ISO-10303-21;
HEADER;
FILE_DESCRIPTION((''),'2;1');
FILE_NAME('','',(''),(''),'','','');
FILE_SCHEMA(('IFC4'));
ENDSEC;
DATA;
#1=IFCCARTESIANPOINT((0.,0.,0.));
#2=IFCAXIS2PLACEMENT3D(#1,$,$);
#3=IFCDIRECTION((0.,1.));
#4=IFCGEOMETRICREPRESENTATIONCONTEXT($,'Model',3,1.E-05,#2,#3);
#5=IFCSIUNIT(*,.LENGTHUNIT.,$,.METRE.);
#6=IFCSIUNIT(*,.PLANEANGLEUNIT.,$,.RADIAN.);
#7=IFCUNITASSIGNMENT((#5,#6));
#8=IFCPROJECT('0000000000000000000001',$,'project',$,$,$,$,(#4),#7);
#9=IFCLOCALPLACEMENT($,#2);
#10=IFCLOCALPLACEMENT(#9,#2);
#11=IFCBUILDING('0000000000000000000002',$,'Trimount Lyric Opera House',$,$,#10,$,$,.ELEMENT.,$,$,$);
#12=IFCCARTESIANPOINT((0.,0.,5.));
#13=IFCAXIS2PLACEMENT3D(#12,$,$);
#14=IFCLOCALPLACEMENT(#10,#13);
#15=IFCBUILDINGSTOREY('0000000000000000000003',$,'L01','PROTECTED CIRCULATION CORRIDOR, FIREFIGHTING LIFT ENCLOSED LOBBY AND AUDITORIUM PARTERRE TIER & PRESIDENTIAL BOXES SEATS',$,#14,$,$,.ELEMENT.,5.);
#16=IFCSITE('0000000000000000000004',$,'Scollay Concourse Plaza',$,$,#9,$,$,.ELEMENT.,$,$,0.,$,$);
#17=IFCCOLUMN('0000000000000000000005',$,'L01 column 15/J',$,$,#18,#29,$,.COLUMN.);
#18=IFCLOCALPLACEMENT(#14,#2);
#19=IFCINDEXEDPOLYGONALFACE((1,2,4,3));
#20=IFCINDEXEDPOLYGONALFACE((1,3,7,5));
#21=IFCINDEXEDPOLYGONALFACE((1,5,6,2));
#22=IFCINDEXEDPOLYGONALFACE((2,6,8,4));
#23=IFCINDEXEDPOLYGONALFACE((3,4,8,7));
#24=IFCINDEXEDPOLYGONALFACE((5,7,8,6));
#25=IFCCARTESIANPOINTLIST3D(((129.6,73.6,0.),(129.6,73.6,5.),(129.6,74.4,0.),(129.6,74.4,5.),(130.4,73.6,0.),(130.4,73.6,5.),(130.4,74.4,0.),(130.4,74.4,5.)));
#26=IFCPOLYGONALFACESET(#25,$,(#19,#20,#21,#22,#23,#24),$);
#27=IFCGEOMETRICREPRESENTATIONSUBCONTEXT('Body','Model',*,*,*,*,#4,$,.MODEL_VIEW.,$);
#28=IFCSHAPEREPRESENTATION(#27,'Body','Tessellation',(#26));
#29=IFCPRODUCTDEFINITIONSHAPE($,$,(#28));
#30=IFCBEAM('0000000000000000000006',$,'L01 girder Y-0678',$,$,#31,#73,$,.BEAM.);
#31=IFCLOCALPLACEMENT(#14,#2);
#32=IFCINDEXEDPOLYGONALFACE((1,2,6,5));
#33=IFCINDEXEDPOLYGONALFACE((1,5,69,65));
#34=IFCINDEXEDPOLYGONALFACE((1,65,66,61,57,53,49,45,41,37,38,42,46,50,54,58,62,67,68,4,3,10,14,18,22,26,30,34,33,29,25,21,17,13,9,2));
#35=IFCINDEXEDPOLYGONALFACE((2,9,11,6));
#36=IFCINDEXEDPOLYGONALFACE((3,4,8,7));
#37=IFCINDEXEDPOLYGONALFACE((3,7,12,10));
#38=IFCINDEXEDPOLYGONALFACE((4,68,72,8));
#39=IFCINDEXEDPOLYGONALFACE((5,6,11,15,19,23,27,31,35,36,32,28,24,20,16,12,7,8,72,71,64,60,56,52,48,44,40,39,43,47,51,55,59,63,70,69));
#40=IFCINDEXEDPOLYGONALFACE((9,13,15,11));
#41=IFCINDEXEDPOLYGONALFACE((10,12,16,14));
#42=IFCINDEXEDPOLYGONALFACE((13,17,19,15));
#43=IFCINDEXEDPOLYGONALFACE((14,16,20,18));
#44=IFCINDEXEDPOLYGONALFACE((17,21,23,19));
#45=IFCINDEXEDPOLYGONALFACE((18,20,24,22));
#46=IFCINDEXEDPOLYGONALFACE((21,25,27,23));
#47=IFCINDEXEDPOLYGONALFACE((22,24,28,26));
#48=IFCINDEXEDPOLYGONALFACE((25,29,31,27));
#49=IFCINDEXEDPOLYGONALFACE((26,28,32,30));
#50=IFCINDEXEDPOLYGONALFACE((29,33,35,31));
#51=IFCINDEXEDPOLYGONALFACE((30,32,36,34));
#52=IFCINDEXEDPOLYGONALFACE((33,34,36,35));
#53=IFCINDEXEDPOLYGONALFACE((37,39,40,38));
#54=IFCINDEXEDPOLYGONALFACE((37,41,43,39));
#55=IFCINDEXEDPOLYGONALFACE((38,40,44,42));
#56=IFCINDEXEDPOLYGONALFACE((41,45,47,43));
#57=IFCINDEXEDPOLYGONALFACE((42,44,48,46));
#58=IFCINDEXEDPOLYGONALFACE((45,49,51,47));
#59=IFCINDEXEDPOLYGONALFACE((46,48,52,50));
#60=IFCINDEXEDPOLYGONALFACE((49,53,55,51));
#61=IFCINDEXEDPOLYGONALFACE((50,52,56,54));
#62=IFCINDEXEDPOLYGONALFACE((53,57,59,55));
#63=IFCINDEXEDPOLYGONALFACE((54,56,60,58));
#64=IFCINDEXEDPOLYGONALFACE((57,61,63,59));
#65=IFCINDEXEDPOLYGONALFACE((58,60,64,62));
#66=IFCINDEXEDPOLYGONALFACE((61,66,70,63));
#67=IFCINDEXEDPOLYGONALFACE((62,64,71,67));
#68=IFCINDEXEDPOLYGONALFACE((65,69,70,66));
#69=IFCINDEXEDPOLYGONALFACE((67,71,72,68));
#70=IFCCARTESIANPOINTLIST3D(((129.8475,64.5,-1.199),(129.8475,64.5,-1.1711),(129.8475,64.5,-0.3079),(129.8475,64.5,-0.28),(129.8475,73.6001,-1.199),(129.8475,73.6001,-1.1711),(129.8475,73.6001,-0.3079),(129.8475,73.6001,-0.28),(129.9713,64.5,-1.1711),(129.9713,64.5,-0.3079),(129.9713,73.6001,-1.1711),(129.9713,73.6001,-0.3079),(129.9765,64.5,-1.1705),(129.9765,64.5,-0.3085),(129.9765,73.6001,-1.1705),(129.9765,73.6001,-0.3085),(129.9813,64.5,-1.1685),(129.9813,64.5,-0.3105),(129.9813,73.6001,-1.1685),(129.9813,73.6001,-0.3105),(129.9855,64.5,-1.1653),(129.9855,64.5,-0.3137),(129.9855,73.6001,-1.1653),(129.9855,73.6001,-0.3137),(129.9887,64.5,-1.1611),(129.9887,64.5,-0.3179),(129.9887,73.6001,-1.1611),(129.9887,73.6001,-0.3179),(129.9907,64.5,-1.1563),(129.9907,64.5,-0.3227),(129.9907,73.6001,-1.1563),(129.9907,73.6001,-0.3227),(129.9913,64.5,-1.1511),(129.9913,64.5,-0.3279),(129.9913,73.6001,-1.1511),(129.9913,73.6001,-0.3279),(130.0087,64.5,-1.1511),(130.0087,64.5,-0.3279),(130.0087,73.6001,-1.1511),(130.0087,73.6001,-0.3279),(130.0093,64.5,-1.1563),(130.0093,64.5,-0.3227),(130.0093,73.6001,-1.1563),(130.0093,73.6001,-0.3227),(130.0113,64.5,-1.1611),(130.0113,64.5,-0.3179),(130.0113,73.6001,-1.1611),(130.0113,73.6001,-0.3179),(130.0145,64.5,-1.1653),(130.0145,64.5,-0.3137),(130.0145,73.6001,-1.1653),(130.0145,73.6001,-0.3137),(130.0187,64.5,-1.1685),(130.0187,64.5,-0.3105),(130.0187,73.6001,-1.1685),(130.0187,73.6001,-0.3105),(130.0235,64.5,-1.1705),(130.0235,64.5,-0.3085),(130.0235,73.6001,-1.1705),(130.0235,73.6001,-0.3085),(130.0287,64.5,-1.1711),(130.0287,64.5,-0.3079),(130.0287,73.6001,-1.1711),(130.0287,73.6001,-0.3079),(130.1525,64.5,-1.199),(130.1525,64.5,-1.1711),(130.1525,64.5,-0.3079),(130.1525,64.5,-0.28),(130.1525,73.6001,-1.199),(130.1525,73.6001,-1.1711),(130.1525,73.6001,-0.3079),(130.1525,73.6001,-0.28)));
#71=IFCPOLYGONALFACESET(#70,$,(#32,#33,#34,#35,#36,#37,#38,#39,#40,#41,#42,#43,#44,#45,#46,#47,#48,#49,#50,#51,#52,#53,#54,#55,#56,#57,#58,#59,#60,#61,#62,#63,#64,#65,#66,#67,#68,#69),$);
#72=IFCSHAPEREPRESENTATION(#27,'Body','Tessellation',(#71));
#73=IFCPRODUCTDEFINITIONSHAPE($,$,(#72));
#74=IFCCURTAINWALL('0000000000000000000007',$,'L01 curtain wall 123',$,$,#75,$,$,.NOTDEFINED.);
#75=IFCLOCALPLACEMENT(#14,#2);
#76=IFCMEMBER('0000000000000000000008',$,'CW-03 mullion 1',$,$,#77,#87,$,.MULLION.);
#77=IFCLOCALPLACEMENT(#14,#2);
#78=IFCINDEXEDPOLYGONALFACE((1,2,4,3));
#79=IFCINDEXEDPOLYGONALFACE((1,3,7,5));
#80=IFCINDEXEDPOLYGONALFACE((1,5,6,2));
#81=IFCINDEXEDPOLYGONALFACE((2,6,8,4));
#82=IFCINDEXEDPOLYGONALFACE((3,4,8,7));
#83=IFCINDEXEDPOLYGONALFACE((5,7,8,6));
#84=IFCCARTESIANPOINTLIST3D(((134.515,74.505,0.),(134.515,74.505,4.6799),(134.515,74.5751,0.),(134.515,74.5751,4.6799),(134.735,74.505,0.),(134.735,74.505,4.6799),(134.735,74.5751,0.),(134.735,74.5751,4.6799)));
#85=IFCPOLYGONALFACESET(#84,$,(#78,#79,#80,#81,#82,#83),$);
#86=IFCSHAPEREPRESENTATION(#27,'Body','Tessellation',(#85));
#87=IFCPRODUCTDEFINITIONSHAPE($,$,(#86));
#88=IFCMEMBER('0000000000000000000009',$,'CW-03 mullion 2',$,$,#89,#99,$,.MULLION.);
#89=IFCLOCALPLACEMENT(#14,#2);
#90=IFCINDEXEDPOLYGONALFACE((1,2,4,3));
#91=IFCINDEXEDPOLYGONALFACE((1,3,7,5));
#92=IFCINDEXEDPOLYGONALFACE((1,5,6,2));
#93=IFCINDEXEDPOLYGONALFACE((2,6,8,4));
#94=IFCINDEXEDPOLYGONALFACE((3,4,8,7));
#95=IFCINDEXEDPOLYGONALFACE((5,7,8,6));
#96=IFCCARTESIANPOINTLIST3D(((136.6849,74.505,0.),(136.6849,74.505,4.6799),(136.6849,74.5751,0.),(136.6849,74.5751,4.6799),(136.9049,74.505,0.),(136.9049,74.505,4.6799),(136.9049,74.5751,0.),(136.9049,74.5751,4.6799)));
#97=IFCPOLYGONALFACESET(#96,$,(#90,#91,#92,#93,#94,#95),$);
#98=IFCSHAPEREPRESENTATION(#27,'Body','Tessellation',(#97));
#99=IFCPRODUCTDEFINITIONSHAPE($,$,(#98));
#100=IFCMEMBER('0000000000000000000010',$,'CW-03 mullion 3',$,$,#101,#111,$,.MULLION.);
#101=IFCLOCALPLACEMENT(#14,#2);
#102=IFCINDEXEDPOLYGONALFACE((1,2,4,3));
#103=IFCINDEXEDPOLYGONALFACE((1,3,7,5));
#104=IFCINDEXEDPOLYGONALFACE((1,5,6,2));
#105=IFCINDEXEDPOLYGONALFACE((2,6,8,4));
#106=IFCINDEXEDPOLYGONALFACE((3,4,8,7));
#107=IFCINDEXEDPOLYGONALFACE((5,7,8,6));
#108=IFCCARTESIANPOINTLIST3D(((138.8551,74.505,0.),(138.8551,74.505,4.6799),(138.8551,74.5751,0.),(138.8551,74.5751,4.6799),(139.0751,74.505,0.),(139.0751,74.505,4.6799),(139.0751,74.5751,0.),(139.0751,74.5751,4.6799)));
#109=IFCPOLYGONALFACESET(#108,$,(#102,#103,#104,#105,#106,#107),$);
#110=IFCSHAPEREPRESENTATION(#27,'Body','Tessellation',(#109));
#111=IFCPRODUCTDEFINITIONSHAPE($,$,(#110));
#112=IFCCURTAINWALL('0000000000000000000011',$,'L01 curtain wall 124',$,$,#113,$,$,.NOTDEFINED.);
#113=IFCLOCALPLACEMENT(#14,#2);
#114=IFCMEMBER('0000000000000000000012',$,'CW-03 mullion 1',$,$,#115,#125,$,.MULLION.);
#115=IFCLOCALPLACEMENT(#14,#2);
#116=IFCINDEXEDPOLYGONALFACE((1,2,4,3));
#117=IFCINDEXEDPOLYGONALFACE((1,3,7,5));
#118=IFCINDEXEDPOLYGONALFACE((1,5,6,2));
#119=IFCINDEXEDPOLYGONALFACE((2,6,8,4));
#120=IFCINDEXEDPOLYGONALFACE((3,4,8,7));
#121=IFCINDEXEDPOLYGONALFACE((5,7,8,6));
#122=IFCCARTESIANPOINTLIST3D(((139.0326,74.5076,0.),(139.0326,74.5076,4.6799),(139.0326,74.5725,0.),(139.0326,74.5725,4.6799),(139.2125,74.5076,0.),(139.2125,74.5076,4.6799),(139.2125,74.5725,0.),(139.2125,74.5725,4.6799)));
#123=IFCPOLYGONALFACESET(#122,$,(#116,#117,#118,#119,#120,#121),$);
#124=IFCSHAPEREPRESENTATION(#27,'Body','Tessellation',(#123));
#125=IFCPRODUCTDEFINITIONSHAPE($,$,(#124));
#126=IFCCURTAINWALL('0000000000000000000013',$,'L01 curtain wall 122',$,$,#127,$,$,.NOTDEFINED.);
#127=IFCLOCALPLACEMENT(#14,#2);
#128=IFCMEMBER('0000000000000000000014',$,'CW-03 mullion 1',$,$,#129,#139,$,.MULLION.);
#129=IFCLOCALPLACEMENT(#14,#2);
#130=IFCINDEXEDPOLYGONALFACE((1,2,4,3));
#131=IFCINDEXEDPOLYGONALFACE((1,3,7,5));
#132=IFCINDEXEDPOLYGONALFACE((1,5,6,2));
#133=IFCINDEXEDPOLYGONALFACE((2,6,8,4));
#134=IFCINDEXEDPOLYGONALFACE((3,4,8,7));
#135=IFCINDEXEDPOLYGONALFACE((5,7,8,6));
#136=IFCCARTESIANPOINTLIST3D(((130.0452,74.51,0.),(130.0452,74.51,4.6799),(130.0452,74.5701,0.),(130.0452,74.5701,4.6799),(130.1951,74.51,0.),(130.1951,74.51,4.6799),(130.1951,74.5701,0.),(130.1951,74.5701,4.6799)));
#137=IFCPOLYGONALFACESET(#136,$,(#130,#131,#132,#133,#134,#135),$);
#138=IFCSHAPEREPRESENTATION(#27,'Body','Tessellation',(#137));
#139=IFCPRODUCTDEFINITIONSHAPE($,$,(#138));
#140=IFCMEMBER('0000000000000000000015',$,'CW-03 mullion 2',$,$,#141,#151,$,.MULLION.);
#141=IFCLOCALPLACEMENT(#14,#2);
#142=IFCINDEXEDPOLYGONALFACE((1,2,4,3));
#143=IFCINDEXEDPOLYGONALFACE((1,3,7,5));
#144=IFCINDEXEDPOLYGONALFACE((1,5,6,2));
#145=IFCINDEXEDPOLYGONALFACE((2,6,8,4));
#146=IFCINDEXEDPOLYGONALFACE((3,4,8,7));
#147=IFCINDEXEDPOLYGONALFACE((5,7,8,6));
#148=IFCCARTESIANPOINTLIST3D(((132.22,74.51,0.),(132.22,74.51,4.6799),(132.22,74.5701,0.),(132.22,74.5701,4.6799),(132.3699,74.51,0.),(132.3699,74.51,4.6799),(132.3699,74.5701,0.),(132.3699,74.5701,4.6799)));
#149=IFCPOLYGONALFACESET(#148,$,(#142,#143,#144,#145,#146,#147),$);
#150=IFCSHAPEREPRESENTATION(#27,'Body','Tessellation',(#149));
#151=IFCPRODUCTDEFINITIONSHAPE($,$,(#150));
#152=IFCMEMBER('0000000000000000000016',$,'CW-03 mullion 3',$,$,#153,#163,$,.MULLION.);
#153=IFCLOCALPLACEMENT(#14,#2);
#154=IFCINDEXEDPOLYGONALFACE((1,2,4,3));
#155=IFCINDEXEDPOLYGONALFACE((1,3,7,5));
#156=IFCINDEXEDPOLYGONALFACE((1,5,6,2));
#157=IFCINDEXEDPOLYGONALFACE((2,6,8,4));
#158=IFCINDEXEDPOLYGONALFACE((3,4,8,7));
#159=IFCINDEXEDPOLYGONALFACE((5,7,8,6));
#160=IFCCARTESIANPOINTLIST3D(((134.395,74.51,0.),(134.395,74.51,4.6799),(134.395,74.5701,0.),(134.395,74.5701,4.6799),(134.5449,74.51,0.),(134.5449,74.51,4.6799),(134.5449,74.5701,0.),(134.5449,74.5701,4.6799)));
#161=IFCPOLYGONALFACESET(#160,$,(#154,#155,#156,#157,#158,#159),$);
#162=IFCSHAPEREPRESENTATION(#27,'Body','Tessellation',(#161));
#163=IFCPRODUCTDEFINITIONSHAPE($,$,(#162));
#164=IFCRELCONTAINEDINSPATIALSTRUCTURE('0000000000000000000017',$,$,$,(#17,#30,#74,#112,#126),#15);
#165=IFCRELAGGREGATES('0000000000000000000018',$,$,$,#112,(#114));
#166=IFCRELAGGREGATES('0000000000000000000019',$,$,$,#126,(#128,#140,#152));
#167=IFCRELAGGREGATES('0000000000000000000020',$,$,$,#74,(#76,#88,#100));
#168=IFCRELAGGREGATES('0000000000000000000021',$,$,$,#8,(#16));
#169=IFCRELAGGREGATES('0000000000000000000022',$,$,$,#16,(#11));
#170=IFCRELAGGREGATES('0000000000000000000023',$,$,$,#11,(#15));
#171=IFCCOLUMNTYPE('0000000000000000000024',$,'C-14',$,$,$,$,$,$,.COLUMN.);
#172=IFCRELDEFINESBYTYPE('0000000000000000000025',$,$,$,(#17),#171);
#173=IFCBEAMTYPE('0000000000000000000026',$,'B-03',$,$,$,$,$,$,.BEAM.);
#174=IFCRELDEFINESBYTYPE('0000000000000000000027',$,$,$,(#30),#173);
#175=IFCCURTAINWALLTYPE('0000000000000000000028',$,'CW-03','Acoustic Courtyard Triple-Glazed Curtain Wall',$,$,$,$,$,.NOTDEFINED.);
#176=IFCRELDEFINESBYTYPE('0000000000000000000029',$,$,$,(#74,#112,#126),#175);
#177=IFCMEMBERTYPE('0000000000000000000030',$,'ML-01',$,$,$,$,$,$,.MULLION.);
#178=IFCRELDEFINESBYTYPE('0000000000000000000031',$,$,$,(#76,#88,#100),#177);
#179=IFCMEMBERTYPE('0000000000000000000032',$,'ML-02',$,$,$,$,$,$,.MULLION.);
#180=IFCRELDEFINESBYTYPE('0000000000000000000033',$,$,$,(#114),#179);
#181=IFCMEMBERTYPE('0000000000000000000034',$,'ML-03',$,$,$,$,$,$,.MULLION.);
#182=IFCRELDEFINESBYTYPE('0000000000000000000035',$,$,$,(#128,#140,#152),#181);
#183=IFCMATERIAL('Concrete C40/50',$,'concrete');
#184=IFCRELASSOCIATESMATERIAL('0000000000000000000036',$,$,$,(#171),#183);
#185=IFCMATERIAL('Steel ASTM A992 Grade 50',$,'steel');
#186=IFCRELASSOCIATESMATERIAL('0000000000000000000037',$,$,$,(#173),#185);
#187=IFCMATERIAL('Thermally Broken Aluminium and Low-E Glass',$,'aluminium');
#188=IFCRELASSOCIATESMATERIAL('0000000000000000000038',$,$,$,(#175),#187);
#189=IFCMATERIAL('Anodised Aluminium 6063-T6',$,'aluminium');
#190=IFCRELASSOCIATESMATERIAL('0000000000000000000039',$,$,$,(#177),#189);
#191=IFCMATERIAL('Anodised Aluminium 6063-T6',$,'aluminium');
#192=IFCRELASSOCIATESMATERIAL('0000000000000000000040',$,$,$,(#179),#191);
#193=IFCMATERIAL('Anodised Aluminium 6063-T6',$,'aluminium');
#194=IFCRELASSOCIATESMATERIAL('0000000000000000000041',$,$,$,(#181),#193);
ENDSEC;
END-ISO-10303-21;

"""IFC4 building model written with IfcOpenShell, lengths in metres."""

from ifc_helpers import new_model, si_unit, direction, frame, origin, origin_2d, place, context, subcontext, project, spatial, rectangle, i_section, extrude, material, material_profile, profile_set, type_object, element, aggregate, save


model = new_model("IFC4")

# Units and contexts
model_context = context("Model", 3, precision=1e-05, world=origin(), true_north=direction((0.0, 1.0)))
body_context = subcontext(model_context, "Body", "Model", "MODEL_VIEW")
ifc_project = project(units=[si_unit("LENGTHUNIT", "METRE"), si_unit("PLANEANGLEUNIT", "RADIAN")], contexts=[model_context])

# Site, building, storey
site_placement = place(None, origin())
site = spatial("IfcSite", under=ifc_project, at=site_placement, Name="Scollay Concourse Plaza", CompositionType="ELEMENT", RefElevation=0.0)
building_placement = place(site_placement, origin())
building = spatial("IfcBuilding", under=site, at=building_placement, Name="Trimount Lyric Opera House", CompositionType="ELEMENT")
storey_placement = place(building_placement, frame((0.0, 0.0, 5.0)))
storey = spatial("IfcBuildingStorey", under=building, at=storey_placement, Name="L01", Description="PROTECTED CIRCULATION CORRIDOR, FIREFIGHTING LIFT ENCLOSED LOBBY AND AUDITORIUM PARTERRE TIER & PRESIDENTIAL BOXES SEATS", CompositionType="ELEMENT", Elevation=5.0)

# Column
ifc_material_1 = material(Name="Concrete C40/50", Category="concrete")
ifc_material_profile_1 = material_profile(ifc_material_1, rectangle(XDim=0.8, YDim=0.8, at=origin_2d()), Name="RC800X800")
ifc_profile_set_1 = profile_set([ifc_material_profile_1], Name="Concrete C40/50")
column_type = type_object("IfcColumnType", Name="C-14", PredefinedType="COLUMN", material=ifc_profile_set_1)
column_placement = place(storey_placement, frame((130.0, 74.0, 0.0), z_axis=(0.0, 0.0, 1.0), x_axis=(1.0, 0.0, 0.0)))
element("IfcColumn", 1, at=column_placement, inside=storey, type_object=column_type, Name="L01 column 15/J", PredefinedType="COLUMN", context=body_context, shape_type="SweptSolid", body=[
    extrude(rectangle(XDim=0.8, YDim=0.8, at=origin_2d()), origin(), (0.0, 0.0, 1.0), 5.0),
])

# Beam
ifc_material_2 = material(Name="Steel ASTM A992 Grade 50", Category="steel")
ifc_material_profile_2 = material_profile(ifc_material_2, i_section(OverallWidth=0.3049, OverallDepth=0.9189, WebThickness=0.0173, FlangeThickness=0.0278, FilletRadius=0.02, at=origin_2d()), Name="W36X170")
ifc_profile_set_2 = profile_set([ifc_material_profile_2], Name="Steel ASTM A992 Grade 50")
beam_type_1 = type_object("IfcBeamType", Name="B-03", PredefinedType="BEAM", material=ifc_profile_set_2)
beam_1_placement = place(storey_placement, frame((130.0, 64.5, -0.7395), z_axis=(0.0, 1.0, 0.0), x_axis=(-1.0, 0.0, 0.0)))
element("IfcBeam", 2, at=beam_1_placement, inside=storey, type_object=beam_type_1, Name="L01 girder Y-0678", PredefinedType="BEAM", context=body_context, shape_type="SweptSolid", body=[
    extrude(i_section(OverallWidth=0.3049, OverallDepth=0.9189, WebThickness=0.0173, FlangeThickness=0.0278, FilletRadius=0.02, at=origin_2d()), origin(), (0.0, 0.0, 1.0), 9.1001),
])

# Curtain wall, members
ifc_material_3 = material(Name="Thermally Broken Aluminium and Low-E Glass", Category="aluminium")
curtain_wall_type = type_object("IfcCurtainWallType", Name="CW-03", Description="Acoustic Courtyard Triple-Glazed Curtain Wall", PredefinedType="NOTDEFINED", material=ifc_material_3)
curtain_wall_1_placement = place(storey_placement, origin())
curtain_wall_1 = element("IfcCurtainWall", 3, at=curtain_wall_1_placement, inside=storey, type_object=curtain_wall_type, Name="L01 curtain wall 123", PredefinedType="NOTDEFINED")
ifc_material_4 = material(Name="Anodised Aluminium 6063-T6", Category="aluminium")
ifc_material_profile_3 = material_profile(ifc_material_4, rectangle(XDim=0.0701, YDim=0.22, at=origin_2d()), Name="ALU-MULL-70X220")
ifc_profile_set_3 = profile_set([ifc_material_profile_3], Name="Anodised Aluminium 6063-T6")
member_type_1 = type_object("IfcMemberType", Name="ML-01", PredefinedType="MULLION", material=ifc_profile_set_3)
member_1_placement = place(storey_placement, frame((134.625, 74.54, 0.0), z_axis=(0.0, 0.0, 1.0), x_axis=(0.0, 1.0, 0.0)))
member_1 = element("IfcMember", 4, at=member_1_placement, type_object=member_type_1, Name="CW-03 mullion 1", PredefinedType="MULLION", context=body_context, shape_type="SweptSolid", body=[
    extrude(rectangle(XDim=0.0701, YDim=0.22, at=origin_2d()), origin(), (0.0, 0.0, 1.0), 4.6799),
])
member_2_placement = place(storey_placement, frame((136.7949, 74.54, 0.0), z_axis=(0.0, 0.0, 1.0), x_axis=(0.0, 1.0, 0.0)))
member_2 = element("IfcMember", 5, at=member_2_placement, type_object=member_type_1, Name="CW-03 mullion 2", PredefinedType="MULLION", context=body_context, shape_type="SweptSolid", body=[
    extrude(rectangle(XDim=0.0701, YDim=0.22, at=origin_2d()), origin(), (0.0, 0.0, 1.0), 4.6799),
])
member_3_placement = place(storey_placement, frame((138.9651, 74.54, 0.0), z_axis=(0.0, 0.0, 1.0), x_axis=(0.0, 1.0, 0.0)))
member_3 = element("IfcMember", 6, at=member_3_placement, type_object=member_type_1, Name="CW-03 mullion 3", PredefinedType="MULLION", context=body_context, shape_type="SweptSolid", body=[
    extrude(rectangle(XDim=0.0701, YDim=0.22, at=origin_2d()), origin(), (0.0, 0.0, 1.0), 4.6799),
])

# Curtain wall, member
curtain_wall_2_placement = place(storey_placement, origin())
curtain_wall_2 = element("IfcCurtainWall", 7, at=curtain_wall_2_placement, inside=storey, type_object=curtain_wall_type, Name="L01 curtain wall 124", PredefinedType="NOTDEFINED")
ifc_material_5 = material(Name="Anodised Aluminium 6063-T6", Category="aluminium")
ifc_material_profile_4 = material_profile(ifc_material_5, rectangle(XDim=0.0649, YDim=0.1799, at=origin_2d()), Name="ALU-MULL-65X180")
ifc_profile_set_4 = profile_set([ifc_material_profile_4], Name="Anodised Aluminium 6063-T6")
member_type_2 = type_object("IfcMemberType", Name="ML-02", PredefinedType="MULLION", material=ifc_profile_set_4)
member_4_placement = place(storey_placement, frame((139.1226, 74.54, 0.0), z_axis=(0.0, 0.0, 1.0), x_axis=(0.0, 1.0, 0.0)))
member_4 = element("IfcMember", 8, at=member_4_placement, type_object=member_type_2, Name="CW-03 mullion 1", PredefinedType="MULLION", context=body_context, shape_type="SweptSolid", body=[
    extrude(rectangle(XDim=0.0649, YDim=0.1799, at=origin_2d()), origin(), (0.0, 0.0, 1.0), 4.6799),
])
aggregate(curtain_wall_2, [member_4])

# Curtain wall, members
curtain_wall_3_placement = place(storey_placement, origin())
curtain_wall_3 = element("IfcCurtainWall", 9, at=curtain_wall_3_placement, inside=storey, type_object=curtain_wall_type, Name="L01 curtain wall 122", PredefinedType="NOTDEFINED")
ifc_material_6 = material(Name="Anodised Aluminium 6063-T6", Category="aluminium")
ifc_material_profile_5 = material_profile(ifc_material_6, rectangle(XDim=0.0601, YDim=0.1499, at=origin_2d()), Name="ALU-MULL-60X150")
ifc_profile_set_5 = profile_set([ifc_material_profile_5], Name="Anodised Aluminium 6063-T6")
member_type_3 = type_object("IfcMemberType", Name="ML-03", PredefinedType="MULLION", material=ifc_profile_set_5)
member_5_placement = place(storey_placement, frame((130.1201, 74.54, 0.0), z_axis=(0.0, 0.0, 1.0), x_axis=(0.0, 1.0, 0.0)))
member_5 = element("IfcMember", 10, at=member_5_placement, type_object=member_type_3, Name="CW-03 mullion 1", PredefinedType="MULLION", context=body_context, shape_type="SweptSolid", body=[
    extrude(rectangle(XDim=0.0601, YDim=0.1499, at=origin_2d()), origin(), (0.0, 0.0, 1.0), 4.6799),
])
member_6_placement = place(storey_placement, frame((132.2949, 74.54, 0.0), z_axis=(0.0, 0.0, 1.0), x_axis=(0.0, 1.0, 0.0)))
member_6 = element("IfcMember", 11, at=member_6_placement, type_object=member_type_3, Name="CW-03 mullion 2", PredefinedType="MULLION", context=body_context, shape_type="SweptSolid", body=[
    extrude(rectangle(XDim=0.0601, YDim=0.1499, at=origin_2d()), origin(), (0.0, 0.0, 1.0), 4.6799),
])
member_7_placement = place(storey_placement, frame((134.47, 74.54, 0.0), z_axis=(0.0, 0.0, 1.0), x_axis=(0.0, 1.0, 0.0)))
member_7 = element("IfcMember", 12, at=member_7_placement, type_object=member_type_3, Name="CW-03 mullion 3", PredefinedType="MULLION", context=body_context, shape_type="SweptSolid", body=[
    extrude(rectangle(XDim=0.0601, YDim=0.1499, at=origin_2d()), origin(), (0.0, 0.0, 1.0), 4.6799),
])

aggregate(curtain_wall_3, [member_5, member_6, member_7])
aggregate(curtain_wall_1, [member_1, member_2, member_3])

save(model, "model.ifc")
